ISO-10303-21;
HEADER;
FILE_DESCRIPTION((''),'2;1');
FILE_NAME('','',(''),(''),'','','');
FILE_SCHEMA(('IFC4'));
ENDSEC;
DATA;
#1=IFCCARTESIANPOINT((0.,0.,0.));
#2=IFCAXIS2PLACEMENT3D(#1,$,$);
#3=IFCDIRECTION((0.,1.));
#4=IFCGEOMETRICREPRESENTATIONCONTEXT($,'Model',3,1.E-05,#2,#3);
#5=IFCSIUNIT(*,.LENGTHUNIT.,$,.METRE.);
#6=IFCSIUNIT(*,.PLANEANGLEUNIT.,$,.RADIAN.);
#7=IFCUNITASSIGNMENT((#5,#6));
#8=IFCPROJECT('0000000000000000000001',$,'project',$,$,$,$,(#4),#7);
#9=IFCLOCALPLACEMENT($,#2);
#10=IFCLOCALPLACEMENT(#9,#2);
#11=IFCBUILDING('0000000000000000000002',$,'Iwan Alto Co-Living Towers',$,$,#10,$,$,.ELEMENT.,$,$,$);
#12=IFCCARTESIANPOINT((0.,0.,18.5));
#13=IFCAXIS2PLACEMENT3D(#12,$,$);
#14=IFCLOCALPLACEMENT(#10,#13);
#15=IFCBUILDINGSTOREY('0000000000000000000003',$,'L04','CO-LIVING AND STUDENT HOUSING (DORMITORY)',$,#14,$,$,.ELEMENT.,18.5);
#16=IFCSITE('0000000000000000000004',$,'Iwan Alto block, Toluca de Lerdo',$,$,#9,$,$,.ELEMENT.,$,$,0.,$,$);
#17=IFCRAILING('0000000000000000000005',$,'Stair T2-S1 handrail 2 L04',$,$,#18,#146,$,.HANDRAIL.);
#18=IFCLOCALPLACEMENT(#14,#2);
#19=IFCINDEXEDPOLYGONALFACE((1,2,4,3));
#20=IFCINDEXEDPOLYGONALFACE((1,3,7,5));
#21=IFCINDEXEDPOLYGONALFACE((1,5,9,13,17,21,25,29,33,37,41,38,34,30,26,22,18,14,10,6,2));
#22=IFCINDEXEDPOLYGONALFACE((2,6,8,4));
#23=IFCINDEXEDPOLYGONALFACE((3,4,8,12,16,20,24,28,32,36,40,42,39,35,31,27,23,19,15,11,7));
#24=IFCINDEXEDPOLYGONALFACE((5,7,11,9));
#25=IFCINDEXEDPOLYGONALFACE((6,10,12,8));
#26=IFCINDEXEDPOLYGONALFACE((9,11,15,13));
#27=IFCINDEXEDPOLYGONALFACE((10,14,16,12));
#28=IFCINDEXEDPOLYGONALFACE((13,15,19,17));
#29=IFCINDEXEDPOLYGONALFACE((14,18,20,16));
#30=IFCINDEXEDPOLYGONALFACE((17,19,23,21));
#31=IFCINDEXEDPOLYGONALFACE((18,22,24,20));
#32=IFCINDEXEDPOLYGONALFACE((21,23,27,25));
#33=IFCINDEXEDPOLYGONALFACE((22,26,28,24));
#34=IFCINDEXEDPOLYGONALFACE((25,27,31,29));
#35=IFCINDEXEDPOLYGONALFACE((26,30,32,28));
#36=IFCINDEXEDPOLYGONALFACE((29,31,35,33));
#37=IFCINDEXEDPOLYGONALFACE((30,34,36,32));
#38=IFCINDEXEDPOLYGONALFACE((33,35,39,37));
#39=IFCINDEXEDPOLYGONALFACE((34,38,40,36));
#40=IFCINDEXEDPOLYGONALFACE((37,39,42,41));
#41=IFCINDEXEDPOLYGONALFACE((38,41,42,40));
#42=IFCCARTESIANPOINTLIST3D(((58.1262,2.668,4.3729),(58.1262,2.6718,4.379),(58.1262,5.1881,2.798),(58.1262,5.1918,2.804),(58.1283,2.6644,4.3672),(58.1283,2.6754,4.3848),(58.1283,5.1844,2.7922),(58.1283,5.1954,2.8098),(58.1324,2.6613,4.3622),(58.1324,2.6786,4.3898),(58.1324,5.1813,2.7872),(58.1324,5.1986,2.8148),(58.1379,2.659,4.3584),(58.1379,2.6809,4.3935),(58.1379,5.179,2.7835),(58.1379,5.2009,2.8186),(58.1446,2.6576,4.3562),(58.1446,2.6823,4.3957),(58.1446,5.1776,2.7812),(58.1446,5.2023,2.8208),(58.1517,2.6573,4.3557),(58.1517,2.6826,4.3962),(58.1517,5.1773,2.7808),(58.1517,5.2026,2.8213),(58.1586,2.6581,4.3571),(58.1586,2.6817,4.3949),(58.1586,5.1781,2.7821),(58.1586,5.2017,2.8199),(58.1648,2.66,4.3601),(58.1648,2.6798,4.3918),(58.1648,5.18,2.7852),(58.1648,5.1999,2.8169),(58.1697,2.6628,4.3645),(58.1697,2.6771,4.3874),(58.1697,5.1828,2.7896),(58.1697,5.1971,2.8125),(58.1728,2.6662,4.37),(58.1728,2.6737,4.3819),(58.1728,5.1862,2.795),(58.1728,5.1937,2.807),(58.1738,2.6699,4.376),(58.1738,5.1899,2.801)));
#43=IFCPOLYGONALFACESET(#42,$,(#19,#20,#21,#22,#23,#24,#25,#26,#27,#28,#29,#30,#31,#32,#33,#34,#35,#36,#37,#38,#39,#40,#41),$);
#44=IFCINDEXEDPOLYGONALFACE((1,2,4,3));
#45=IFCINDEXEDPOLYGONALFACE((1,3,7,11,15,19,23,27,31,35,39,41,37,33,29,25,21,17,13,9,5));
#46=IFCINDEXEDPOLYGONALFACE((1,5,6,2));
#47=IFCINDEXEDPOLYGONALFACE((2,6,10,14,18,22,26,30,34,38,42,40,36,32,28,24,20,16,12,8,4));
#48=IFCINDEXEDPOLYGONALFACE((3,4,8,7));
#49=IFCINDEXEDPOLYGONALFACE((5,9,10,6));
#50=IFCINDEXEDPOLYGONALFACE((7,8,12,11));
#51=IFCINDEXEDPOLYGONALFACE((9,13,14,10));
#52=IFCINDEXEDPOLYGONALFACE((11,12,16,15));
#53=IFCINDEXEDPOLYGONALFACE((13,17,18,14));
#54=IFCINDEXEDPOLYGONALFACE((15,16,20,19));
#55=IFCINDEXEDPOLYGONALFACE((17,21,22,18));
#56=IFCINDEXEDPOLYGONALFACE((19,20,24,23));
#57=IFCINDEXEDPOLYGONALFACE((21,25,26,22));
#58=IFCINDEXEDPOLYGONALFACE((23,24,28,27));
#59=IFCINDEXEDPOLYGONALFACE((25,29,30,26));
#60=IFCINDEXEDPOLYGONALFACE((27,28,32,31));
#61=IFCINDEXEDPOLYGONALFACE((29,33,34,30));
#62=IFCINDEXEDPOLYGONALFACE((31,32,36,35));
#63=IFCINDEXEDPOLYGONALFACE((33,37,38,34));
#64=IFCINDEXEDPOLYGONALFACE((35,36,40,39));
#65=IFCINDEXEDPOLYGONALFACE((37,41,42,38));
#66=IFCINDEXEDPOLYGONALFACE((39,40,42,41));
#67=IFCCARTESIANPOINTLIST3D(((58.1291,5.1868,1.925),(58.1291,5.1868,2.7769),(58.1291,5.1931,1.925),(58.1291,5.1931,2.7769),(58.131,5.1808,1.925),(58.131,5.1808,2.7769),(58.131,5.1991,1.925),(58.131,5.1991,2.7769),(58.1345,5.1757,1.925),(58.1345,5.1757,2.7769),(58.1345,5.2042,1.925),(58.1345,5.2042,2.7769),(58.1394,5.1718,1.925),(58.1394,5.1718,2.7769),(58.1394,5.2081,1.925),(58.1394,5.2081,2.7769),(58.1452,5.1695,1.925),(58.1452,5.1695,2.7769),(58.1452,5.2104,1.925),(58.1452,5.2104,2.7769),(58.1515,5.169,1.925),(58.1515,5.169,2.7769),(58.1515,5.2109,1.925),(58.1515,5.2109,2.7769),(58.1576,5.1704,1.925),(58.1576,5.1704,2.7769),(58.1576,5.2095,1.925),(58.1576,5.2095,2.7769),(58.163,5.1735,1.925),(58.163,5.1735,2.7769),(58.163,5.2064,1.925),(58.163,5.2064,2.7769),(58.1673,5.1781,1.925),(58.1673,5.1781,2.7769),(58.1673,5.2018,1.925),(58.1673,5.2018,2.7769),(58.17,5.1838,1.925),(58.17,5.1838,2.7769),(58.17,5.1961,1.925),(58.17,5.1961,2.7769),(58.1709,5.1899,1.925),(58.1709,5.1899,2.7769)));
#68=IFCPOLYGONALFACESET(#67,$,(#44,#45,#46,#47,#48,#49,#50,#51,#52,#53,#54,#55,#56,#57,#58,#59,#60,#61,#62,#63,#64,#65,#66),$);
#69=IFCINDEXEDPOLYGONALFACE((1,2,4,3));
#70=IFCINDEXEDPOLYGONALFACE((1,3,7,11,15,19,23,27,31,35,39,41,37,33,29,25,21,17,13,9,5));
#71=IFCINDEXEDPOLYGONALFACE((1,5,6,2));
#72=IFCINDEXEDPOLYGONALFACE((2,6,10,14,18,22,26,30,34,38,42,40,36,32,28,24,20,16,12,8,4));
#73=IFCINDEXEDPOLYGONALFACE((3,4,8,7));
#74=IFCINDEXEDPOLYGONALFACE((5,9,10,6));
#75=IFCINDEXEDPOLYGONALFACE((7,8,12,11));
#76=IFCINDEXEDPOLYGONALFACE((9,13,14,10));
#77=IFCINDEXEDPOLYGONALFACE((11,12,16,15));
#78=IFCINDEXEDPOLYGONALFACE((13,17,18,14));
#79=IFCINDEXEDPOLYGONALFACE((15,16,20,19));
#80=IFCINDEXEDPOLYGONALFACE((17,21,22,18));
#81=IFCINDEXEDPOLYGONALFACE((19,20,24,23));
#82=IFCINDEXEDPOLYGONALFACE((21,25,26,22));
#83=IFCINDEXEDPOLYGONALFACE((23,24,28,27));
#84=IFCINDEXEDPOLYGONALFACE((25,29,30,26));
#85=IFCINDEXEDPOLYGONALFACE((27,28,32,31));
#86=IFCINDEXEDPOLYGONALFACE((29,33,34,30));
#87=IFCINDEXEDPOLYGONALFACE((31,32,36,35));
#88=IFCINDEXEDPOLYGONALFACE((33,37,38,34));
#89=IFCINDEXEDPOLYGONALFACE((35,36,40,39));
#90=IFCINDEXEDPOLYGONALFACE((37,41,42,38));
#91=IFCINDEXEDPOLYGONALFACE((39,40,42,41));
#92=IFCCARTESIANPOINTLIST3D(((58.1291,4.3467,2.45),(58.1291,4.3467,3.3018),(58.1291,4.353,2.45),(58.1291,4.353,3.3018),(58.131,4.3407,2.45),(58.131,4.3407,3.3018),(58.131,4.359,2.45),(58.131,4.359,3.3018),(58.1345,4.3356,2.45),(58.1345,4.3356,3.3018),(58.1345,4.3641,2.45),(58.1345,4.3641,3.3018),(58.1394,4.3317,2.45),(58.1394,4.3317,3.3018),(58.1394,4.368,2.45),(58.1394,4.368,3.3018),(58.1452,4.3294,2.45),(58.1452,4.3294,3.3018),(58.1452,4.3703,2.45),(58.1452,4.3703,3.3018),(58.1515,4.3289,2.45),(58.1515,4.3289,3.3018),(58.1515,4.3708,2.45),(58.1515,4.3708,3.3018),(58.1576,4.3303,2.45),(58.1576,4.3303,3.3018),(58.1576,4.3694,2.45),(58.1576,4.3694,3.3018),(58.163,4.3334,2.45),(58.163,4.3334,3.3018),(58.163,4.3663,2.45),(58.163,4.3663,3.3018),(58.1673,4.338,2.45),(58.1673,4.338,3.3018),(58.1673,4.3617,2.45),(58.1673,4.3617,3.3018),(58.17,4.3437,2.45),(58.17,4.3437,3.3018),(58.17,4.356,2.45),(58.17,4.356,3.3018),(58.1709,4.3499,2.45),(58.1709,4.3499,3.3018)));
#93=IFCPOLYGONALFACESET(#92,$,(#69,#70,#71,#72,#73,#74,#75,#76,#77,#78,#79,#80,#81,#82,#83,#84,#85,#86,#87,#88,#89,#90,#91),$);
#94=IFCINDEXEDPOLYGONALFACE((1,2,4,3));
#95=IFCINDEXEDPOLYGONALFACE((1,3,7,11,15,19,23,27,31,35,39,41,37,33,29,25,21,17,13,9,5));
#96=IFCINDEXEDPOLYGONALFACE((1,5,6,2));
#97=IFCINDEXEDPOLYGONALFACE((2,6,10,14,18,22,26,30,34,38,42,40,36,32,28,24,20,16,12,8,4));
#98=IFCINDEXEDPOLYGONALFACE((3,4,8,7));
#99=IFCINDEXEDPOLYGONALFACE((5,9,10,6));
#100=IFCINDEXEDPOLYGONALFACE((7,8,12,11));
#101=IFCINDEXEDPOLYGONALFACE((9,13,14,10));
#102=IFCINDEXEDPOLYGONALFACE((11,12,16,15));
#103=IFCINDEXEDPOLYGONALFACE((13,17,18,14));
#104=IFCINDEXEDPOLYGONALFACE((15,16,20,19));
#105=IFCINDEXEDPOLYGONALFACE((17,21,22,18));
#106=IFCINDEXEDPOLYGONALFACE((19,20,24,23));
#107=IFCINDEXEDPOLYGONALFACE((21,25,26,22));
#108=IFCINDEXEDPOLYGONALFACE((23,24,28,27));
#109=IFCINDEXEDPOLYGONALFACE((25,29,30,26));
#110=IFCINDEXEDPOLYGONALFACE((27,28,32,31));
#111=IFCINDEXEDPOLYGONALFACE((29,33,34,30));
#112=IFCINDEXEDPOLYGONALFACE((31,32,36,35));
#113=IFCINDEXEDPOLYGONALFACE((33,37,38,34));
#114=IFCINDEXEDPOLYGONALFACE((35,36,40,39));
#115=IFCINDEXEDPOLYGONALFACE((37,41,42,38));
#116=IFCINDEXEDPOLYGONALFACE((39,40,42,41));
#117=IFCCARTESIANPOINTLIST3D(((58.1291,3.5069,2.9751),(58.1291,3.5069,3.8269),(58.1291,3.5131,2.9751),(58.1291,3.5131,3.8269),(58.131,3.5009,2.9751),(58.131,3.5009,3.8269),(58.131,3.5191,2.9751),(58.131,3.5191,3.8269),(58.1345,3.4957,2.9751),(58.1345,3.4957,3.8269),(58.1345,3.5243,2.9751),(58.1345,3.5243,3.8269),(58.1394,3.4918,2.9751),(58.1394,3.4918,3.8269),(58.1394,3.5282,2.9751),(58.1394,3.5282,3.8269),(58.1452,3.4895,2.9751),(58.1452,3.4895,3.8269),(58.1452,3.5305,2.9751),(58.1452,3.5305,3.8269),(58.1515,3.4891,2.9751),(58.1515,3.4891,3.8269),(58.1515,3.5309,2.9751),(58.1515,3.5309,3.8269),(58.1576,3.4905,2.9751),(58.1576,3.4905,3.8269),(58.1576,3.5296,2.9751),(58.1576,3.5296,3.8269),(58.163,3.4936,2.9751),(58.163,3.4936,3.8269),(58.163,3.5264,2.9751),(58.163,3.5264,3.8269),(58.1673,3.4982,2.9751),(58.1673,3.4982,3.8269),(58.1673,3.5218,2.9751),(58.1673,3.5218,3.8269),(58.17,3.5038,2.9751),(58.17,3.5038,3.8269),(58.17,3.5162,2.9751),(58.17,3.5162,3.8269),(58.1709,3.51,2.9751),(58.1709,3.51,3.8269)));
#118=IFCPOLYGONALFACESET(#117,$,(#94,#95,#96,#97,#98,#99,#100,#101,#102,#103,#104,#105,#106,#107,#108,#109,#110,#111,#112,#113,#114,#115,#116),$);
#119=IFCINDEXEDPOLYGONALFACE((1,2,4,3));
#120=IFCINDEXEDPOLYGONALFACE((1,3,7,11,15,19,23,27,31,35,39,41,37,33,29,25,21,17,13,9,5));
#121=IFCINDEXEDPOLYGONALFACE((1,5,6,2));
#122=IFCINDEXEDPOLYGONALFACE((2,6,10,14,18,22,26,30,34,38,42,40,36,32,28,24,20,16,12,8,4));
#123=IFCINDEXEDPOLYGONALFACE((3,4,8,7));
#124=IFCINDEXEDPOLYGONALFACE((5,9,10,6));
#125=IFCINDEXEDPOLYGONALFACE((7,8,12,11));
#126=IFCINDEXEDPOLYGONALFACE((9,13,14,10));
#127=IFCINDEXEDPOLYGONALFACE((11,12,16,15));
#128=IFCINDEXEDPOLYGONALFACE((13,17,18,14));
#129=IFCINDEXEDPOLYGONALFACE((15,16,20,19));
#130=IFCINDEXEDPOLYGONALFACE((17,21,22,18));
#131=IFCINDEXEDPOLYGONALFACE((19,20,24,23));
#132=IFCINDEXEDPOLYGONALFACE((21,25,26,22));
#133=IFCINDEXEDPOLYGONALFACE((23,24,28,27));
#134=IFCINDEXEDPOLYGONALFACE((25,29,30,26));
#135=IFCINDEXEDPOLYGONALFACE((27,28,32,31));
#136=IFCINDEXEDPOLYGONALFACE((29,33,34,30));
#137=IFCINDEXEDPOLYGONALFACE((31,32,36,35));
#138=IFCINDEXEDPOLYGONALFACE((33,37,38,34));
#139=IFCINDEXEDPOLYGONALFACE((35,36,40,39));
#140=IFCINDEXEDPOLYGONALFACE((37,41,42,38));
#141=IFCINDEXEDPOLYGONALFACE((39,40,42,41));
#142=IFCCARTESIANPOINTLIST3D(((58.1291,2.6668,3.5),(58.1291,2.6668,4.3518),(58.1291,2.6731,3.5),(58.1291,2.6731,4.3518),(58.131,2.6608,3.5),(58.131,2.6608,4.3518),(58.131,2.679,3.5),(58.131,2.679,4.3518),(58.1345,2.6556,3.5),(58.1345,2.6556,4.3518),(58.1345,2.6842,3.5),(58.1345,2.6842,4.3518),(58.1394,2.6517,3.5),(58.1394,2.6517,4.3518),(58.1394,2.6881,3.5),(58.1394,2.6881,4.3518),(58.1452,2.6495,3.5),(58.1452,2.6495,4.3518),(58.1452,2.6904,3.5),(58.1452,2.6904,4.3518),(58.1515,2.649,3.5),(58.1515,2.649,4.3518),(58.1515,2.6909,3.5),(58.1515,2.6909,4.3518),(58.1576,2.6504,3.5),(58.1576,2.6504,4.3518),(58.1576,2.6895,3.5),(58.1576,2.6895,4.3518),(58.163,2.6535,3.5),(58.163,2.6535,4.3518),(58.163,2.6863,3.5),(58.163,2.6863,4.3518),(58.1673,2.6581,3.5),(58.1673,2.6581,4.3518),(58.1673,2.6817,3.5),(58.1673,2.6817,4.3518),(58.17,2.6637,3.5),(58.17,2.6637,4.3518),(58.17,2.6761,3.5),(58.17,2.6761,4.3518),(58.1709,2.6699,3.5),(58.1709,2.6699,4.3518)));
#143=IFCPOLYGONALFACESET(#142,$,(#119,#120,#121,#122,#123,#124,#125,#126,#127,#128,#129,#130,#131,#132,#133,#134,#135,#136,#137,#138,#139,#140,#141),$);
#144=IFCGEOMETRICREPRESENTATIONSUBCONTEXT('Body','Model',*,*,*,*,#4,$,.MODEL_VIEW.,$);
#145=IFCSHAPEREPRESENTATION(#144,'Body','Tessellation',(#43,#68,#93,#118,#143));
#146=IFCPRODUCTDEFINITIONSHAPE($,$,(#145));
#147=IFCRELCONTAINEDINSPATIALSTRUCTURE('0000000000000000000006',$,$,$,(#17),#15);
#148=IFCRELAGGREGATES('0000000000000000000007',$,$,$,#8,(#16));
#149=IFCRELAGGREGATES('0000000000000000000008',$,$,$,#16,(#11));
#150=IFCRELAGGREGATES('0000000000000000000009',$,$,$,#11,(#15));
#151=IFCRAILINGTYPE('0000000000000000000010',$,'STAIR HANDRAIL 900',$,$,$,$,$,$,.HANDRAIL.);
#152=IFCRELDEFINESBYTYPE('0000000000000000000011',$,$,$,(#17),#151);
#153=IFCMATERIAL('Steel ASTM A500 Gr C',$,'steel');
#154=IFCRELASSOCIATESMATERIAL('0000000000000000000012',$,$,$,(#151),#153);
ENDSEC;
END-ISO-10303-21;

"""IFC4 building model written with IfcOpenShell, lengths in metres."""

from ifc_helpers import new_model, si_unit, direction, frame, origin, origin_2d, place, context, subcontext, project, spatial, circle, extrude, material, type_object, element, save


model = new_model("IFC4")

# Units and contexts
model_context = context("Model", 3, precision=1e-05, world=origin(), true_north=direction((0.0, 1.0)))
body_context = subcontext(model_context, "Body", "Model", "MODEL_VIEW")
ifc_project = project(units=[si_unit("LENGTHUNIT", "METRE"), si_unit("PLANEANGLEUNIT", "RADIAN")], contexts=[model_context])

# Site, building, storey
site_placement = place(None, origin())
site = spatial("IfcSite", under=ifc_project, at=site_placement, Name="Iwan Alto block, Toluca de Lerdo", CompositionType="ELEMENT", RefElevation=0.0)
building_placement = place(site_placement, origin())
building = spatial("IfcBuilding", under=site, at=building_placement, Name="Iwan Alto Co-Living Towers", CompositionType="ELEMENT")
storey_placement = place(building_placement, frame((0.0, 0.0, 18.5)))
storey = spatial("IfcBuildingStorey", under=building, at=storey_placement, Name="L04", Description="CO-LIVING AND STUDENT HOUSING (DORMITORY)", CompositionType="ELEMENT", Elevation=18.5)

# Railing
ifc_material_1 = material(Name="Steel ASTM A500 Gr C", Category="steel")
railing_type_1 = type_object("IfcRailingType", Name="STAIR HANDRAIL 900", PredefinedType="HANDRAIL", material=ifc_material_1)
railing_1_placement = place(storey_placement, frame((58.1499, 5.1899, 1.925)))
element("IfcRailing", 1, at=railing_1_placement, inside=storey, type_object=railing_type_1, Name="Stair T2-S1 handrail 2 L04", PredefinedType="HANDRAIL", context=body_context, shape_type="SweptSolid", body=[
    extrude(circle(Radius=0.0239, at=origin_2d()), frame((0.0, 0.0, 0.876), z_axis=(0.0, -0.848008, 0.529984), x_axis=(1.0, 0.0, 0.0)), (0.0, 0.0, 1.0), 2.9717),
    extrude(circle(Radius=0.021, at=origin_2d()), origin(), (0.0, 0.0, 1.0), 0.8518),
    extrude(circle(Radius=0.021, at=origin_2d()), frame((0.0, -0.8401, 0.5249)), (0.0, 0.0, 1.0), 0.8518),
    extrude(circle(Radius=0.021, at=origin_2d()), frame((0.0, -1.6799, 1.05)), (0.0, 0.0, 1.0), 0.8518),
    extrude(circle(Radius=0.021, at=origin_2d()), frame((0.0, -2.52, 1.575)), (0.0, 0.0, 1.0), 0.8518),
])

save(model, "model.ifc")
